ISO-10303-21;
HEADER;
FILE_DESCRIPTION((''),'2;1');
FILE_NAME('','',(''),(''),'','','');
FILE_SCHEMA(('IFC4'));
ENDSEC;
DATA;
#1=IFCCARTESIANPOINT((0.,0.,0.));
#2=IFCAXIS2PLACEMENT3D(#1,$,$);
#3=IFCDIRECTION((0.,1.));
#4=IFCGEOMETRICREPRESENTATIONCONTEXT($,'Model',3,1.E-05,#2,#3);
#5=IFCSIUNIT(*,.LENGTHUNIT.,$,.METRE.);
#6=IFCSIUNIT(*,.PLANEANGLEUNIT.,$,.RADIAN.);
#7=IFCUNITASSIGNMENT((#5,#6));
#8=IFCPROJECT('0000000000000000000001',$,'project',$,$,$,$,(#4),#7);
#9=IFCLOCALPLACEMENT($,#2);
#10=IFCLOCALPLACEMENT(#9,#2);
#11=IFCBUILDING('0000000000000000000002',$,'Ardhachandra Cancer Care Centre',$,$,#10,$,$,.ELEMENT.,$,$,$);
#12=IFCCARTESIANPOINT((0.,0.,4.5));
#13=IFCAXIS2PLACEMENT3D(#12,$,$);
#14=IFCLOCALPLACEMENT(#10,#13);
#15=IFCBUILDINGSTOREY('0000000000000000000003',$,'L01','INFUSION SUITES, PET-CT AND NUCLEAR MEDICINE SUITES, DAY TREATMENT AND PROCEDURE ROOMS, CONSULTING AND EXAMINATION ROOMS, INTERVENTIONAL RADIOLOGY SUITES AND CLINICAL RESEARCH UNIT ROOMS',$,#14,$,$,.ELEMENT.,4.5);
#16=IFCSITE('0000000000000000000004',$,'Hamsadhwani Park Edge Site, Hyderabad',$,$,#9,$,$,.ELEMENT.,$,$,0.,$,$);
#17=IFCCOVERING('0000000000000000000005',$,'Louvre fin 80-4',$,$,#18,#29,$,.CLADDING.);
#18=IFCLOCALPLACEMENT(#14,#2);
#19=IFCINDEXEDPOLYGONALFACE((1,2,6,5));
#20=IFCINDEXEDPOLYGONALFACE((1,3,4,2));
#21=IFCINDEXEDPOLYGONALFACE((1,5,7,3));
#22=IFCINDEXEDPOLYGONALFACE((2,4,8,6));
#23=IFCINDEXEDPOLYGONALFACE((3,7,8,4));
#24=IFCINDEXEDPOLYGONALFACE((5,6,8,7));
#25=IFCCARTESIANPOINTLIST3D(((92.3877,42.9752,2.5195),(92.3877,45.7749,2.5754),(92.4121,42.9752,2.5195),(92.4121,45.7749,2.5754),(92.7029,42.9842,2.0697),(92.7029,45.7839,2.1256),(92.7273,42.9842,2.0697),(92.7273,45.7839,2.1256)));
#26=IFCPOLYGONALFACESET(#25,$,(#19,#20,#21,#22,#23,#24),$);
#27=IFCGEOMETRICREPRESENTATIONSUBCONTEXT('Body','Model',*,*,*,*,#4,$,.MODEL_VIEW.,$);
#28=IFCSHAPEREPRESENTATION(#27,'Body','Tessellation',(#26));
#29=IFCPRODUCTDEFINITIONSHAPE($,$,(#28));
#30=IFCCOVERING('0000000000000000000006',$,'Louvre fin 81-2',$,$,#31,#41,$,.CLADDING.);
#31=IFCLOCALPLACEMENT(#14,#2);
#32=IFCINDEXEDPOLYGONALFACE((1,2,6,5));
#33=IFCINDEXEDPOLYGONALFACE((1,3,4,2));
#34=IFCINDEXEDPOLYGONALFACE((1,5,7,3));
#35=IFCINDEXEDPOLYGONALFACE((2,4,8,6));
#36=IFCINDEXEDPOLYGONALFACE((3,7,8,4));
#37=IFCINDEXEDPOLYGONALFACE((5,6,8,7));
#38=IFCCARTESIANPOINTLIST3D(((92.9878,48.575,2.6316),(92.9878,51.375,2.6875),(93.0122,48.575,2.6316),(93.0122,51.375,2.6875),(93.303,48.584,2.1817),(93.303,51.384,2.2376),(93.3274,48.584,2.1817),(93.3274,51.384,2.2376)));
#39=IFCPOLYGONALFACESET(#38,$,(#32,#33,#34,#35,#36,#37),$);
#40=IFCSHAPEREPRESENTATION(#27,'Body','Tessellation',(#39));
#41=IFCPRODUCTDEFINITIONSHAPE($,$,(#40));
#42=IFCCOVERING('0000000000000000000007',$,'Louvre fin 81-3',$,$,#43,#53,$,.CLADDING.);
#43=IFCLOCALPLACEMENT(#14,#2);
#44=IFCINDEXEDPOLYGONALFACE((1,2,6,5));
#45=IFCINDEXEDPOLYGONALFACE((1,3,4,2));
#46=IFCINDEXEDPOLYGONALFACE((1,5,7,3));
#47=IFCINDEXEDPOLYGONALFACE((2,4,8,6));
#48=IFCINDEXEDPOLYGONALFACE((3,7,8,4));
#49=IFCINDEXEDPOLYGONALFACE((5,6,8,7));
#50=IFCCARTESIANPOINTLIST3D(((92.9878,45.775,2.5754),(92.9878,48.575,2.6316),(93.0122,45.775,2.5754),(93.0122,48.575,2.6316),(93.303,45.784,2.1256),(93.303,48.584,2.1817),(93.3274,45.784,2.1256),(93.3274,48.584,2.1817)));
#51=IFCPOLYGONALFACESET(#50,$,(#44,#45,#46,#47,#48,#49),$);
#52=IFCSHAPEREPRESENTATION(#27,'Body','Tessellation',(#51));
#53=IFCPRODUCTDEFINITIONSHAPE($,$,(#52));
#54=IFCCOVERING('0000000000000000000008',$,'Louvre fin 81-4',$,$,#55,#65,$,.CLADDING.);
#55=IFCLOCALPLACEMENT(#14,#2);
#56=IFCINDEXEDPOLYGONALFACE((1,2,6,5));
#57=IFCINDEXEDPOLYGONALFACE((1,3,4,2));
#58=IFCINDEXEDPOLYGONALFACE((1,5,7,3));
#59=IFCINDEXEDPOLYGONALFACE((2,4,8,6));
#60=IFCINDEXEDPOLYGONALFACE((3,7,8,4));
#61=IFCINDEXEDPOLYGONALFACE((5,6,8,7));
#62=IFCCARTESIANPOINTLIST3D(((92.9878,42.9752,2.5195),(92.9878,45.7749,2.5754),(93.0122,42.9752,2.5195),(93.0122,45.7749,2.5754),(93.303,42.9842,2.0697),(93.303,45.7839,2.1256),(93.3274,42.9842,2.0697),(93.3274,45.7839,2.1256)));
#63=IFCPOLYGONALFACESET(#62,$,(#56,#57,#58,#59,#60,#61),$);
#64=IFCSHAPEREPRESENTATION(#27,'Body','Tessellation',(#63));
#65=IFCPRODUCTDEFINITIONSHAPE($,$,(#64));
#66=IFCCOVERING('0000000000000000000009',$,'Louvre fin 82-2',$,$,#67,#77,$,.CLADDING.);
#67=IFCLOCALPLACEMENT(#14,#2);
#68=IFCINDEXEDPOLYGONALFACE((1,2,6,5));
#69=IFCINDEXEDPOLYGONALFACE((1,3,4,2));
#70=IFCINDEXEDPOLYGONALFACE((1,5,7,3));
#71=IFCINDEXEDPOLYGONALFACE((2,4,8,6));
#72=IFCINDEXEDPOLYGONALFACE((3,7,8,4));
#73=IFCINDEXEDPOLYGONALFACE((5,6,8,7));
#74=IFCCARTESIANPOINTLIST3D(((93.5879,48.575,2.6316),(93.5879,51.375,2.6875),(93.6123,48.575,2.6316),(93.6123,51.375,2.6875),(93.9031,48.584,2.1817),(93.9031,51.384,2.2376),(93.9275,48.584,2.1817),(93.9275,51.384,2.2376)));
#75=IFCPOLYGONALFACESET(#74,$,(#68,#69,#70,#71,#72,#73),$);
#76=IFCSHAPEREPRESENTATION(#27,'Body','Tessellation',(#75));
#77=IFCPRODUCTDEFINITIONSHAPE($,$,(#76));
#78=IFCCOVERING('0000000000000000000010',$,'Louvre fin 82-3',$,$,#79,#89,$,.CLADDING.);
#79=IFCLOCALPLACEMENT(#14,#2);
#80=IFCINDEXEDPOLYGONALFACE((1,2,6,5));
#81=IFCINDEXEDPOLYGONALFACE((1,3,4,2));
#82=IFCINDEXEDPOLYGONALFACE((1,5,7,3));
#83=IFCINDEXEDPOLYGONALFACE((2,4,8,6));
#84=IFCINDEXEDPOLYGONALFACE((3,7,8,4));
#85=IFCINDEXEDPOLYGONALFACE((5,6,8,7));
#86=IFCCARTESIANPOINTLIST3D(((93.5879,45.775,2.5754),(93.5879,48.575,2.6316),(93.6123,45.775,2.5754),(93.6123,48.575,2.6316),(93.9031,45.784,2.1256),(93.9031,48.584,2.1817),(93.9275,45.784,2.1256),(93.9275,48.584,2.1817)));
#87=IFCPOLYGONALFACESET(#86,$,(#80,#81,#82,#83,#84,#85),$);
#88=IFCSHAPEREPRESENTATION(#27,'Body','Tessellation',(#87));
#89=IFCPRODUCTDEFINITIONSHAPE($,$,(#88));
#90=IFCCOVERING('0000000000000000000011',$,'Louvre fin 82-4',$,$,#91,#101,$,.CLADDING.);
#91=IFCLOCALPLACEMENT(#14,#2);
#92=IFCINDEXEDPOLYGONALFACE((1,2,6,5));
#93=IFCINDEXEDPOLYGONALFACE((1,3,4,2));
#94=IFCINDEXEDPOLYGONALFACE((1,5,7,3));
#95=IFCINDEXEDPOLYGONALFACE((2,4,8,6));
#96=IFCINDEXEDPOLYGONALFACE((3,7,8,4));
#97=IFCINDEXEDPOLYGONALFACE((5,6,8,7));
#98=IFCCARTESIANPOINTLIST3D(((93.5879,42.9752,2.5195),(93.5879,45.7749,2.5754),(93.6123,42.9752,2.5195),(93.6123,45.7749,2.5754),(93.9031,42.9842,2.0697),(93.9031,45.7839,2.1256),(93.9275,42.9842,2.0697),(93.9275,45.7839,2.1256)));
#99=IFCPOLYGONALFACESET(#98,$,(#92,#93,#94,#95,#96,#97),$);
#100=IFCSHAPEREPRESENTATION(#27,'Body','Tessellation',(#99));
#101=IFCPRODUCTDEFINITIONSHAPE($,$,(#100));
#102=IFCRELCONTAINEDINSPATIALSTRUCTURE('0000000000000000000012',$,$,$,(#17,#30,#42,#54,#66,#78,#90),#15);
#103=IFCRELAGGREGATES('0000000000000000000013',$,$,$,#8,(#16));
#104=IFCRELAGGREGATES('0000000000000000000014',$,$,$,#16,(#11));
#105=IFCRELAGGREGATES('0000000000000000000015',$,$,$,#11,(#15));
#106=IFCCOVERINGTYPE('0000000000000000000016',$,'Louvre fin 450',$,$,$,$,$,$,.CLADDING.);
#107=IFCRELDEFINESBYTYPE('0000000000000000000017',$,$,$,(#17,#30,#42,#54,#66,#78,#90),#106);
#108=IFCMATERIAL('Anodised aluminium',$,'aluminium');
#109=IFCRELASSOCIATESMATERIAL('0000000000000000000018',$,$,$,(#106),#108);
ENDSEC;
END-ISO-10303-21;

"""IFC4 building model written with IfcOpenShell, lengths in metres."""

from ifc_helpers import new_model, si_unit, direction, frame, origin, place, context, subcontext, project, spatial, polyline, outline, extrude, material, material_profile, profile_set, type_object, element, save


model = new_model("IFC4")

# Units and contexts
model_context = context("Model", 3, precision=1e-05, world=origin(), true_north=direction((0.0, 1.0)))
body_context = subcontext(model_context, "Body", "Model", "MODEL_VIEW")
ifc_project = project(units=[si_unit("LENGTHUNIT", "METRE"), si_unit("PLANEANGLEUNIT", "RADIAN")], contexts=[model_context])

# Site, building, storey
site_placement = place(None, origin())
site = spatial("IfcSite", under=ifc_project, at=site_placement, Name="Hamsadhwani Park Edge Site, Hyderabad", CompositionType="ELEMENT", RefElevation=0.0)
building_placement = place(site_placement, origin())
building = spatial("IfcBuilding", under=site, at=building_placement, Name="Ardhachandra Cancer Care Centre", CompositionType="ELEMENT")
storey_placement = place(building_placement, frame((0.0, 0.0, 4.5)))
storey = spatial("IfcBuildingStorey", under=building, at=storey_placement, Name="L01", Description="INFUSION SUITES, PET-CT AND NUCLEAR MEDICINE SUITES, DAY TREATMENT AND PROCEDURE ROOMS, CONSULTING AND EXAMINATION ROOMS, INTERVENTIONAL RADIOLOGY SUITES AND CLINICAL RESEARCH UNIT ROOMS", CompositionType="ELEMENT", Elevation=4.5)

# Coverings
ifc_material_1 = material(Name="Anodised aluminium", Category="aluminium")
ifc_material_profile = material_profile(ifc_material_1, outline(polyline([(-0.0122, 0.0), (0.0122, 0.0), (0.3274, -0.45), (0.303, -0.45), (-0.0122, 0.0)])), Name="Louvre fin 450")
ifc_profile_set = profile_set([ifc_material_profile], Name="Anodised aluminium")
covering_type = type_object("IfcCoveringType", Name="Louvre fin 450", PredefinedType="CLADDING", material=ifc_profile_set)
covering_1_placement = place(storey_placement, frame((92.3999, 45.7749, 2.5754), z_axis=(0.0, -0.999801, -0.019965), x_axis=(1.0, 0.0, 0.0)))
element("IfcCovering", 1, at=covering_1_placement, inside=storey, type_object=covering_type, Name="Louvre fin 80-4", PredefinedType="CLADDING", context=body_context, shape_type="SweptSolid", body=[
    extrude(outline(polyline([(-0.0122, 0.0), (0.0122, 0.0), (0.3274, -0.45), (0.303, -0.45), (-0.0122, 0.0)])), origin(), (0.0, 0.0, 1.0), 2.8003),
])
for number, where, z_axis, x_axis, name in (
    (2, (93.0, 51.375, 2.6875), (0.0, -0.999801, -0.019963), (1.0, 0.0, 0.0), "Louvre fin 81-2"),
    (3, (93.0, 48.575, 2.6316), (0.0, -0.999799, -0.02005), (1.0, 0.0, 0.0), "Louvre fin 81-3"),
):
    element("IfcCovering", number, at=place(storey_placement, frame(where, z_axis=z_axis, x_axis=x_axis)), inside=storey, type_object=covering_type, Name=name, PredefinedType="CLADDING", context=body_context, shape_type="SweptSolid", body=[
        extrude(outline(polyline([(-0.0122, 0.0), (0.0122, 0.0), (0.3274, -0.45), (0.303, -0.45), (-0.0122, 0.0)])), origin(), (0.0, 0.0, 1.0), 2.8005),
    ])
covering_2_placement = place(storey_placement, frame((93.0, 45.7749, 2.5754), z_axis=(0.0, -0.999801, -0.019965), x_axis=(1.0, 0.0, 0.0)))
element("IfcCovering", 4, at=covering_2_placement, inside=storey, type_object=covering_type, Name="Louvre fin 81-4", PredefinedType="CLADDING", context=body_context, shape_type="SweptSolid", body=[
    extrude(outline(polyline([(-0.0122, 0.0), (0.0122, 0.0), (0.3274, -0.45), (0.303, -0.45), (-0.0122, 0.0)])), origin(), (0.0, 0.0, 1.0), 2.8003),
])
for number, where, z_axis, x_axis, name in (
    (5, (93.6001, 51.375, 2.6875), (0.0, -0.999801, -0.019963), (1.0, 0.0, 0.0), "Louvre fin 82-2"),
    (6, (93.6001, 48.575, 2.6316), (0.0, -0.999799, -0.02005), (1.0, 0.0, 0.0), "Louvre fin 82-3"),
):
    element("IfcCovering", number, at=place(storey_placement, frame(where, z_axis=z_axis, x_axis=x_axis)), inside=storey, type_object=covering_type, Name=name, PredefinedType="CLADDING", context=body_context, shape_type="SweptSolid", body=[
        extrude(outline(polyline([(-0.0122, 0.0), (0.0122, 0.0), (0.3274, -0.45), (0.303, -0.45), (-0.0122, 0.0)])), origin(), (0.0, 0.0, 1.0), 2.8005),
    ])
covering_3_placement = place(storey_placement, frame((93.6001, 45.7749, 2.5754), z_axis=(0.0, -0.999801, -0.019965), x_axis=(1.0, 0.0, 0.0)))
element("IfcCovering", 7, at=covering_3_placement, inside=storey, type_object=covering_type, Name="Louvre fin 82-4", PredefinedType="CLADDING", context=body_context, shape_type="SweptSolid", body=[
    extrude(outline(polyline([(-0.0122, 0.0), (0.0122, 0.0), (0.3274, -0.45), (0.303, -0.45), (-0.0122, 0.0)])), origin(), (0.0, 0.0, 1.0), 2.8003),
])

save(model, "model.ifc")
